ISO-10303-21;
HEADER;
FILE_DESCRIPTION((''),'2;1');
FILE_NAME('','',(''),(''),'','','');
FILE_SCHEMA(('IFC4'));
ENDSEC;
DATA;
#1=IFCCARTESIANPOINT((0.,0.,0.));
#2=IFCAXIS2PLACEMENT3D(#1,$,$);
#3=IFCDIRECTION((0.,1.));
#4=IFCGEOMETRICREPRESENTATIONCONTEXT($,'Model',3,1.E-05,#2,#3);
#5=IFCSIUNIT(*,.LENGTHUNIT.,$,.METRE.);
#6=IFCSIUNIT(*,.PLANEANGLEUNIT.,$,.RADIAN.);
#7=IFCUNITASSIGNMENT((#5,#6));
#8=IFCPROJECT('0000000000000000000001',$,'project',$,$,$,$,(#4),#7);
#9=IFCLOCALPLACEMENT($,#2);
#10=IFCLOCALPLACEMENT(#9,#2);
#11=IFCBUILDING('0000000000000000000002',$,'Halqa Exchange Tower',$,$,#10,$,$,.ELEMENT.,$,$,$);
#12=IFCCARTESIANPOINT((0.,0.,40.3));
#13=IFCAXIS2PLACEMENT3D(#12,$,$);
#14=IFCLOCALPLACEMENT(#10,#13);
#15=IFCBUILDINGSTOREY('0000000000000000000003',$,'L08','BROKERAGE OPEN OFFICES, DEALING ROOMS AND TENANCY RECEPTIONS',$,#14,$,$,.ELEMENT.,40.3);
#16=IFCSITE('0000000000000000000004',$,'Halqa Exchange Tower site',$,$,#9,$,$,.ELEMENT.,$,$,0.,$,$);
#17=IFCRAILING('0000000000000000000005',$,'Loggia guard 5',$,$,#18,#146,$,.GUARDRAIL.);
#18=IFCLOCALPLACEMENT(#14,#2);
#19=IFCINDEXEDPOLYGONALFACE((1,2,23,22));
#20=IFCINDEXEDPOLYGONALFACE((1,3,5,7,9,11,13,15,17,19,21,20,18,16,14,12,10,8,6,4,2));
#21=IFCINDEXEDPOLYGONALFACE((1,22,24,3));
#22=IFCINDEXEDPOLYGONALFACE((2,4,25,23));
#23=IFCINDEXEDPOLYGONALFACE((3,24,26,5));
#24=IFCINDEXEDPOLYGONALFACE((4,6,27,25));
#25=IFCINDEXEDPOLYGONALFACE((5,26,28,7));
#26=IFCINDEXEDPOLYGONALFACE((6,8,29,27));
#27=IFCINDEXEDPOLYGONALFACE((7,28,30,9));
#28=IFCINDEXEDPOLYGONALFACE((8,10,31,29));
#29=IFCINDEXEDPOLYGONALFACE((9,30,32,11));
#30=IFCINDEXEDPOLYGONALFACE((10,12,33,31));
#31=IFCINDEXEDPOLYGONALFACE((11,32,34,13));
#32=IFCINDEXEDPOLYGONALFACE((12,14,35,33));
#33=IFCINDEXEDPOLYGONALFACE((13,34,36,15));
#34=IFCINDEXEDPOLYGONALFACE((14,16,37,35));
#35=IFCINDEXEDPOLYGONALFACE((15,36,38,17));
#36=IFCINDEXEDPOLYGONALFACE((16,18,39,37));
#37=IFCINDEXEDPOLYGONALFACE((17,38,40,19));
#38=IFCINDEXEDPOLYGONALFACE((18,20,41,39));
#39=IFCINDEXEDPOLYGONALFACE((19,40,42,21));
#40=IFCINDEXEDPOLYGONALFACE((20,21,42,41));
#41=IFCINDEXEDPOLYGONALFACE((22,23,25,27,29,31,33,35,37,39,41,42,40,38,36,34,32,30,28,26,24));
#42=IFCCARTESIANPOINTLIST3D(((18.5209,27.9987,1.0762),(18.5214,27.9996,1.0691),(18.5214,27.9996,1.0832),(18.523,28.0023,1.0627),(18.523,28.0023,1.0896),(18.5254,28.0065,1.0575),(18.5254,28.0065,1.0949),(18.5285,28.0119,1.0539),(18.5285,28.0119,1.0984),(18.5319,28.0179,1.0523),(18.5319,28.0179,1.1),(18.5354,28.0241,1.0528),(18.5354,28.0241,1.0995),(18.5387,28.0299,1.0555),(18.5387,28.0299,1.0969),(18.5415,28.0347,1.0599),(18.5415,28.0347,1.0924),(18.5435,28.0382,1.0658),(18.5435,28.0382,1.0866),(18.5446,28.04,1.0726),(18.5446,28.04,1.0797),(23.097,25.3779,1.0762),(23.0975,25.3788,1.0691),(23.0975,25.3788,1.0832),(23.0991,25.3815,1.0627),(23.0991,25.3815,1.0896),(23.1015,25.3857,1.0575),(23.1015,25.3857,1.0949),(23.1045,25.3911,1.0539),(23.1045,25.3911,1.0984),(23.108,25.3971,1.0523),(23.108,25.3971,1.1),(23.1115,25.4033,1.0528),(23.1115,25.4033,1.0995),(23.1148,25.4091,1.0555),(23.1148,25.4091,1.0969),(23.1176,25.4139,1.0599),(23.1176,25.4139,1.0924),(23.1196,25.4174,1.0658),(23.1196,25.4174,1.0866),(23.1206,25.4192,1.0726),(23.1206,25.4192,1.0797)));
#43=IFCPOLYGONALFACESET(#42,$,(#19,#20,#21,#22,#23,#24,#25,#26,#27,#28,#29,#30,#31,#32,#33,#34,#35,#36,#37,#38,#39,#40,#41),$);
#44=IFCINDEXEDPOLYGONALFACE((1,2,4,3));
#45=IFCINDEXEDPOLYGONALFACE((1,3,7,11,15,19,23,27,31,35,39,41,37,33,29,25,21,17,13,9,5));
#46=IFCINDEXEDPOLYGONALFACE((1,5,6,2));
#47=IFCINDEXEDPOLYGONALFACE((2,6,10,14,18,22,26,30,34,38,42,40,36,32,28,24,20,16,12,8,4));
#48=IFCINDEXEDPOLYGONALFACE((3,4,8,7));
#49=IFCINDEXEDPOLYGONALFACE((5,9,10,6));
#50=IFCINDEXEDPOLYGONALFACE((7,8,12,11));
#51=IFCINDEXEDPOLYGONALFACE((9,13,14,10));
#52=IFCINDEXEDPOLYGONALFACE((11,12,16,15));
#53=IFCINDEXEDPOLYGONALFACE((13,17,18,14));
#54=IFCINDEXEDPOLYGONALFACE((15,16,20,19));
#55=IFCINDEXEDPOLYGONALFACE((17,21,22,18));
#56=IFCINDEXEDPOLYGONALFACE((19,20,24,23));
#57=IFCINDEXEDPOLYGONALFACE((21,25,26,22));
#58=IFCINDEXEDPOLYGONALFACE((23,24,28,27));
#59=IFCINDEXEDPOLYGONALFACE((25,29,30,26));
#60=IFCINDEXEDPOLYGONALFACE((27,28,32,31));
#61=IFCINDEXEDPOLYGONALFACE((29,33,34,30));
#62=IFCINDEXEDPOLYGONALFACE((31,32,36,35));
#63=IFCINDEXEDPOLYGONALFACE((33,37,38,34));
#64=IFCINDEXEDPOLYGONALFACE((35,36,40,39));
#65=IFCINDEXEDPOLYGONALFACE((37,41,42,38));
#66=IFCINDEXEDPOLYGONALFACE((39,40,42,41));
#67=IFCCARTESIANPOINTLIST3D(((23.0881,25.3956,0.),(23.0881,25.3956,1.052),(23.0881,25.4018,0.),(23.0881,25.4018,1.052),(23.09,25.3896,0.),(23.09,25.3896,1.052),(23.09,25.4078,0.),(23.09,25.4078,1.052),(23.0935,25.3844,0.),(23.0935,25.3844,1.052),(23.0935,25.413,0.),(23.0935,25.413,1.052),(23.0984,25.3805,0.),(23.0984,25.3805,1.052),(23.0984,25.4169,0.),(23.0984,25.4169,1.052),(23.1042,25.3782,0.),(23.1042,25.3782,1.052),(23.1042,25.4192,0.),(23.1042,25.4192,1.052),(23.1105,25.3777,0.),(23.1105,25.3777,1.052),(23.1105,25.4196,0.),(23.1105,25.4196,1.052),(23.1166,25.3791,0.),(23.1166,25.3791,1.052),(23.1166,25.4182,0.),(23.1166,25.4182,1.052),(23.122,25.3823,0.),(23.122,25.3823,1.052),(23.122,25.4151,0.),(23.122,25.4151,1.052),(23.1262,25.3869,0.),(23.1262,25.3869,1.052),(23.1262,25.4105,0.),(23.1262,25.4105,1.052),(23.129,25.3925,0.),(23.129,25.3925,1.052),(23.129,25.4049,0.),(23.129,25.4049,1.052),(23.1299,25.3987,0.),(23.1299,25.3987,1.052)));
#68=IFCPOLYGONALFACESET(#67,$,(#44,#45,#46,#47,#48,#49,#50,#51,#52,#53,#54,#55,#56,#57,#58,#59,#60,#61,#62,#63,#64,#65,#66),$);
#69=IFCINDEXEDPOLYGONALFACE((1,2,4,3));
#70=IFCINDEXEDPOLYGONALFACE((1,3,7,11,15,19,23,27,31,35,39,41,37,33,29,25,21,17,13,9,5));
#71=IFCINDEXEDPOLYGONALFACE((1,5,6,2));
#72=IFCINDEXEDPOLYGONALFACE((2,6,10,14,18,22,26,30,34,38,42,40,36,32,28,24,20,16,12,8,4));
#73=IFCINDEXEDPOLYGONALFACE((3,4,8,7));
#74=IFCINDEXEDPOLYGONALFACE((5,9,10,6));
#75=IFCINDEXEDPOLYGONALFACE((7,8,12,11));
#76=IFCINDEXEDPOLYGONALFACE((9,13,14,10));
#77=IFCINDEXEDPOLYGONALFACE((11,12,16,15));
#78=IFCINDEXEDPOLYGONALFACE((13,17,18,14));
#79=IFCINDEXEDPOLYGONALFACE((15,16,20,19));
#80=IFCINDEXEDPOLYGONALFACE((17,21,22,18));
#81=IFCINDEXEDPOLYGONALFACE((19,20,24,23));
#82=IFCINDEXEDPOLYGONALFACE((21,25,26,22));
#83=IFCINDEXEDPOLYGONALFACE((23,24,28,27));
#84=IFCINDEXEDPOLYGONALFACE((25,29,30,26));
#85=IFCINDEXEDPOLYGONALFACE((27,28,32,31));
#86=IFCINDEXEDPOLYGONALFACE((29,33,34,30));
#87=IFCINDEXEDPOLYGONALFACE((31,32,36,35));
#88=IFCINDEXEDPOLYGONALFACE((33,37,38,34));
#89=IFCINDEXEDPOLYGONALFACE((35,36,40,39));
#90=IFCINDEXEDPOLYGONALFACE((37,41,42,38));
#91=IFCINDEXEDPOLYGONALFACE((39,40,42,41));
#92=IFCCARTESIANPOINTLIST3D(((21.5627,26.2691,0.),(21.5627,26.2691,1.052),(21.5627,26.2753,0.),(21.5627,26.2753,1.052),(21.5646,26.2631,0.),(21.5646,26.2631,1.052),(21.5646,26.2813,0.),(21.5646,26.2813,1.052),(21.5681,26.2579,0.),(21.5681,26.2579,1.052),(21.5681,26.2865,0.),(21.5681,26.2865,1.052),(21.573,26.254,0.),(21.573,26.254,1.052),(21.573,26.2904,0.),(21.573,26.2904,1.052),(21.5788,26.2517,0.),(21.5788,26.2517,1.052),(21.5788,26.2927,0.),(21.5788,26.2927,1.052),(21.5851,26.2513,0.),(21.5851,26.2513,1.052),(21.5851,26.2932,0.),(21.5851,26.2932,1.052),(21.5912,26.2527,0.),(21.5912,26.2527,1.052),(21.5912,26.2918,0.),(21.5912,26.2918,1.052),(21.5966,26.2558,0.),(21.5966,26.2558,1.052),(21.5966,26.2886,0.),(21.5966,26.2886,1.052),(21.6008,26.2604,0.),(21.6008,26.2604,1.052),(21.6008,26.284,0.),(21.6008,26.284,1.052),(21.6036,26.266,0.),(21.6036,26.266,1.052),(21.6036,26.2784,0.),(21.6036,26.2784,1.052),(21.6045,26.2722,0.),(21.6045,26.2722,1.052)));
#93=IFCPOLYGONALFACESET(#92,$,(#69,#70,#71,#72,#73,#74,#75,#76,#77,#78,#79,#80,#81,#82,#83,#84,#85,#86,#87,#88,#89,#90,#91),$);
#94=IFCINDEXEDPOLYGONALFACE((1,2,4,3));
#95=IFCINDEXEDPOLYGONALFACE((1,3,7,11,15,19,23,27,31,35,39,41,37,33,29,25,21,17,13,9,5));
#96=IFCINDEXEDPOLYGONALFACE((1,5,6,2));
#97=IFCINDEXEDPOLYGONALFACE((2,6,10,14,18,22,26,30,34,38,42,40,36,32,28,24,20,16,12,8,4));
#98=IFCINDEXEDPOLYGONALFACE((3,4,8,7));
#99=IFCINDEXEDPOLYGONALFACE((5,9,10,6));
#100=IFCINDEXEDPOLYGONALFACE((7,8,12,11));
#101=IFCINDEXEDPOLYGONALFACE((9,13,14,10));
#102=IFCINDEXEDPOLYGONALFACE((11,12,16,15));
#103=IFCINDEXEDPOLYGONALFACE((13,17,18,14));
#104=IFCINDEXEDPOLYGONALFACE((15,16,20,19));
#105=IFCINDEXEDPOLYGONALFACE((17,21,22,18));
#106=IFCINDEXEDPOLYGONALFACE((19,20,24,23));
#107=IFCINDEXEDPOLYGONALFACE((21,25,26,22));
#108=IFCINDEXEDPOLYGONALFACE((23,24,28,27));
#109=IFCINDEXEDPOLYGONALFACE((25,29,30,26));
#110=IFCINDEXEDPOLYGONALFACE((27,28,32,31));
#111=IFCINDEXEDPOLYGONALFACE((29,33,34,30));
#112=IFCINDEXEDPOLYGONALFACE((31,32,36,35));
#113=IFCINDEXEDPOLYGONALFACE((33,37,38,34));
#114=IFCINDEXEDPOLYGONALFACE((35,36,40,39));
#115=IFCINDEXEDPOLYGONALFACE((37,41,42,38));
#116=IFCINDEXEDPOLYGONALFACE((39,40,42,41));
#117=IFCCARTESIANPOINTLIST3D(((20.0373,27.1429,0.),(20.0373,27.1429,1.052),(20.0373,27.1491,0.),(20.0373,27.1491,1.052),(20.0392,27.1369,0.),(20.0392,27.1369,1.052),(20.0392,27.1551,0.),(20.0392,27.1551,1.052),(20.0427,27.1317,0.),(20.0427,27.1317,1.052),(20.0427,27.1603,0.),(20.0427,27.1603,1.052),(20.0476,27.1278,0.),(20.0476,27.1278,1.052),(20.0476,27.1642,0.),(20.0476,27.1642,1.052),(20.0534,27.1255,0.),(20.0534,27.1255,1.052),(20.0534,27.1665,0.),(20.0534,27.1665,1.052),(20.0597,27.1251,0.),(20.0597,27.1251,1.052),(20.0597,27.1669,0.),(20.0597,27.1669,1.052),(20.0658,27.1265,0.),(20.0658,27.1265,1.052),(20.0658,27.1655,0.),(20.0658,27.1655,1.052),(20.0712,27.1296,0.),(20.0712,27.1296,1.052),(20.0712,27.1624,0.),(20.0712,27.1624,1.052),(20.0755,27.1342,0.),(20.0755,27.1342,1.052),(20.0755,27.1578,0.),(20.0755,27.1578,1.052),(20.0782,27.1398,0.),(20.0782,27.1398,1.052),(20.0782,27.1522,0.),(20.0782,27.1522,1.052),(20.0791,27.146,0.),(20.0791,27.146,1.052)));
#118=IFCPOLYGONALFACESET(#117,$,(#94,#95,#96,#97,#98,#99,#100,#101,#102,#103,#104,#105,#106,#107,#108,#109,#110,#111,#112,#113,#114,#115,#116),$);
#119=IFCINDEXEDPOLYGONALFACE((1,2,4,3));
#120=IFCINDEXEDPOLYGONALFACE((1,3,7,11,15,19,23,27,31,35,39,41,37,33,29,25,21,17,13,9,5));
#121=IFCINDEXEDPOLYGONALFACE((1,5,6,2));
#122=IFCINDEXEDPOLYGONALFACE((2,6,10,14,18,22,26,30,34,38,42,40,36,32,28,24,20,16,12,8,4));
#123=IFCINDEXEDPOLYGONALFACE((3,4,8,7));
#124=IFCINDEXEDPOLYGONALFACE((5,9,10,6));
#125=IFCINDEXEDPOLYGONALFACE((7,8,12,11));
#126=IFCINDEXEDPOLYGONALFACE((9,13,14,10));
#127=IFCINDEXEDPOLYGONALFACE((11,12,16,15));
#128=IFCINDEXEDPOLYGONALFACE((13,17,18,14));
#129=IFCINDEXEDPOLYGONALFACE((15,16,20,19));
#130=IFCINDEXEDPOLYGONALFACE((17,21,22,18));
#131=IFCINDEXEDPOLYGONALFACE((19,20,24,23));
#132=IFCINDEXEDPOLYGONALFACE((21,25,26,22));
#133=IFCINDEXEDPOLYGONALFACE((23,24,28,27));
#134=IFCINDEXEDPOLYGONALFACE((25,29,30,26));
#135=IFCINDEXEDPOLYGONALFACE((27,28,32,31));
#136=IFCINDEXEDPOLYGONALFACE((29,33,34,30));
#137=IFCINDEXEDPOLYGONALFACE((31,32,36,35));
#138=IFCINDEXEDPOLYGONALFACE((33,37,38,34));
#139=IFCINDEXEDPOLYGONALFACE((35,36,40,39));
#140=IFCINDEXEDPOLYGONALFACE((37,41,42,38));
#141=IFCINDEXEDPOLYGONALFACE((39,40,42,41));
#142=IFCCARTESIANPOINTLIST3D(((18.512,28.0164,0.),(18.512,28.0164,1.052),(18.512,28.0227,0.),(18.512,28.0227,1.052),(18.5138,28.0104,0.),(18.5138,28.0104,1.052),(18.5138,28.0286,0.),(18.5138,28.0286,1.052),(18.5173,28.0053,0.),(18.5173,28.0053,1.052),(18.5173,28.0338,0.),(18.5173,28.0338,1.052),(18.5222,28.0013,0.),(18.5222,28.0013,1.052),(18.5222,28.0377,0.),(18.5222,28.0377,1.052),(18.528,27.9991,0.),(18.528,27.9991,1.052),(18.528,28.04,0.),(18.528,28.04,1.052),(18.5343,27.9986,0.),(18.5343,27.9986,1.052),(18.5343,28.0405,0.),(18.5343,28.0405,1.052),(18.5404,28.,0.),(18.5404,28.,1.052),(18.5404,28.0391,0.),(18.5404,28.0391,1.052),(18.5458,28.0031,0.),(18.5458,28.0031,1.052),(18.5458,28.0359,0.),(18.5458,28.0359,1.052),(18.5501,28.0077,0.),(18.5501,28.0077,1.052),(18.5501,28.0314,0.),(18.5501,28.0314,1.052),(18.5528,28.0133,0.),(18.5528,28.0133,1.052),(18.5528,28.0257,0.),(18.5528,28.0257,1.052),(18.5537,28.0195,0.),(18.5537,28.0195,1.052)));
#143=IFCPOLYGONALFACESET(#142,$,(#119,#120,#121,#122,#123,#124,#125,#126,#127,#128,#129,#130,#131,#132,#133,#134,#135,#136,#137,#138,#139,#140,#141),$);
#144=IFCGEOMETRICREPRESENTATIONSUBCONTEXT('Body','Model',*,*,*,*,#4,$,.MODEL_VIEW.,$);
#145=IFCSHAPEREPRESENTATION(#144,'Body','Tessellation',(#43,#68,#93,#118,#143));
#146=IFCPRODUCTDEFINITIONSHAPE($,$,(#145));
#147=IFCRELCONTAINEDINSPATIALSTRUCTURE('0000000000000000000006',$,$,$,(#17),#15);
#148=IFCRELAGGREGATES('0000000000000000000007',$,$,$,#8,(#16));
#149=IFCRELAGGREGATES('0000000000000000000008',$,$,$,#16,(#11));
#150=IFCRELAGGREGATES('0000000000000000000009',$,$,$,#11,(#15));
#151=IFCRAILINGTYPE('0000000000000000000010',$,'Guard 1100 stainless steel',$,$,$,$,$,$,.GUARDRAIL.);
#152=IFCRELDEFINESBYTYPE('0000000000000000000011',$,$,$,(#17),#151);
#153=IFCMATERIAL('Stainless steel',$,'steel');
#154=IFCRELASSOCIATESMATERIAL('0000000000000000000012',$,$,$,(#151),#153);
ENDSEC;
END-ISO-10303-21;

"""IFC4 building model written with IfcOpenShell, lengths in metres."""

from ifc_helpers import new_model, si_unit, direction, frame, origin, origin_2d, place, context, subcontext, project, spatial, circle, extrude, material, type_object, element, save


model = new_model("IFC4")

# Units and contexts
model_context = context("Model", 3, precision=1e-05, world=origin(), true_north=direction((0.0, 1.0)))
body_context = subcontext(model_context, "Body", "Model", "MODEL_VIEW")
ifc_project = project(units=[si_unit("LENGTHUNIT", "METRE"), si_unit("PLANEANGLEUNIT", "RADIAN")], contexts=[model_context])

# Site, building, storey
site_placement = place(None, origin())
site = spatial("IfcSite", under=ifc_project, at=site_placement, Name="Halqa Exchange Tower site", CompositionType="ELEMENT", RefElevation=0.0)
building_placement = place(site_placement, origin())
building = spatial("IfcBuilding", under=site, at=building_placement, Name="Halqa Exchange Tower", CompositionType="ELEMENT")
storey_placement = place(building_placement, frame((0.0, 0.0, 40.3)))
storey = spatial("IfcBuildingStorey", under=building, at=storey_placement, Name="L08", Description="BROKERAGE OPEN OFFICES, DEALING ROOMS AND TENANCY RECEPTIONS", CompositionType="ELEMENT", Elevation=40.3)

# Railing
ifc_material_1 = material(Name="Stainless steel", Category="steel")
railing_type = type_object("IfcRailingType", Name="Guard 1100 stainless steel", PredefinedType="GUARDRAIL", material=ifc_material_1)
railing_1_placement = place(storey_placement, frame((23.1089, 25.3987, 0.0)))
element("IfcRailing", 1, at=railing_1_placement, inside=storey, type_object=railing_type, Name="Loggia guard 5", PredefinedType="GUARDRAIL", context=body_context, shape_type="SweptSolid", body=[
    extrude(circle(Radius=0.0239, at=origin_2d()), frame((0.0, 0.0, 1.0762), z_axis=(-0.867761, 0.496981, 0.0), x_axis=(-0.496981, -0.867761, 0.0)), (0.0, 0.0, 1.0), 5.2734),
    extrude(circle(Radius=0.021, at=origin_2d()), origin(), (0.0, 0.0, 1.0), 1.052),
    extrude(circle(Radius=0.021, at=origin_2d()), frame((-1.5254, 0.8735, 0.0)), (0.0, 0.0, 1.0), 1.052),
    extrude(circle(Radius=0.021, at=origin_2d()), frame((-3.0508, 1.7473, 0.0)), (0.0, 0.0, 1.0), 1.052),
    extrude(circle(Radius=0.021, at=origin_2d()), frame((-4.5762, 2.6208, 0.0)), (0.0, 0.0, 1.0), 1.052),
])

save(model, "model.ifc")
